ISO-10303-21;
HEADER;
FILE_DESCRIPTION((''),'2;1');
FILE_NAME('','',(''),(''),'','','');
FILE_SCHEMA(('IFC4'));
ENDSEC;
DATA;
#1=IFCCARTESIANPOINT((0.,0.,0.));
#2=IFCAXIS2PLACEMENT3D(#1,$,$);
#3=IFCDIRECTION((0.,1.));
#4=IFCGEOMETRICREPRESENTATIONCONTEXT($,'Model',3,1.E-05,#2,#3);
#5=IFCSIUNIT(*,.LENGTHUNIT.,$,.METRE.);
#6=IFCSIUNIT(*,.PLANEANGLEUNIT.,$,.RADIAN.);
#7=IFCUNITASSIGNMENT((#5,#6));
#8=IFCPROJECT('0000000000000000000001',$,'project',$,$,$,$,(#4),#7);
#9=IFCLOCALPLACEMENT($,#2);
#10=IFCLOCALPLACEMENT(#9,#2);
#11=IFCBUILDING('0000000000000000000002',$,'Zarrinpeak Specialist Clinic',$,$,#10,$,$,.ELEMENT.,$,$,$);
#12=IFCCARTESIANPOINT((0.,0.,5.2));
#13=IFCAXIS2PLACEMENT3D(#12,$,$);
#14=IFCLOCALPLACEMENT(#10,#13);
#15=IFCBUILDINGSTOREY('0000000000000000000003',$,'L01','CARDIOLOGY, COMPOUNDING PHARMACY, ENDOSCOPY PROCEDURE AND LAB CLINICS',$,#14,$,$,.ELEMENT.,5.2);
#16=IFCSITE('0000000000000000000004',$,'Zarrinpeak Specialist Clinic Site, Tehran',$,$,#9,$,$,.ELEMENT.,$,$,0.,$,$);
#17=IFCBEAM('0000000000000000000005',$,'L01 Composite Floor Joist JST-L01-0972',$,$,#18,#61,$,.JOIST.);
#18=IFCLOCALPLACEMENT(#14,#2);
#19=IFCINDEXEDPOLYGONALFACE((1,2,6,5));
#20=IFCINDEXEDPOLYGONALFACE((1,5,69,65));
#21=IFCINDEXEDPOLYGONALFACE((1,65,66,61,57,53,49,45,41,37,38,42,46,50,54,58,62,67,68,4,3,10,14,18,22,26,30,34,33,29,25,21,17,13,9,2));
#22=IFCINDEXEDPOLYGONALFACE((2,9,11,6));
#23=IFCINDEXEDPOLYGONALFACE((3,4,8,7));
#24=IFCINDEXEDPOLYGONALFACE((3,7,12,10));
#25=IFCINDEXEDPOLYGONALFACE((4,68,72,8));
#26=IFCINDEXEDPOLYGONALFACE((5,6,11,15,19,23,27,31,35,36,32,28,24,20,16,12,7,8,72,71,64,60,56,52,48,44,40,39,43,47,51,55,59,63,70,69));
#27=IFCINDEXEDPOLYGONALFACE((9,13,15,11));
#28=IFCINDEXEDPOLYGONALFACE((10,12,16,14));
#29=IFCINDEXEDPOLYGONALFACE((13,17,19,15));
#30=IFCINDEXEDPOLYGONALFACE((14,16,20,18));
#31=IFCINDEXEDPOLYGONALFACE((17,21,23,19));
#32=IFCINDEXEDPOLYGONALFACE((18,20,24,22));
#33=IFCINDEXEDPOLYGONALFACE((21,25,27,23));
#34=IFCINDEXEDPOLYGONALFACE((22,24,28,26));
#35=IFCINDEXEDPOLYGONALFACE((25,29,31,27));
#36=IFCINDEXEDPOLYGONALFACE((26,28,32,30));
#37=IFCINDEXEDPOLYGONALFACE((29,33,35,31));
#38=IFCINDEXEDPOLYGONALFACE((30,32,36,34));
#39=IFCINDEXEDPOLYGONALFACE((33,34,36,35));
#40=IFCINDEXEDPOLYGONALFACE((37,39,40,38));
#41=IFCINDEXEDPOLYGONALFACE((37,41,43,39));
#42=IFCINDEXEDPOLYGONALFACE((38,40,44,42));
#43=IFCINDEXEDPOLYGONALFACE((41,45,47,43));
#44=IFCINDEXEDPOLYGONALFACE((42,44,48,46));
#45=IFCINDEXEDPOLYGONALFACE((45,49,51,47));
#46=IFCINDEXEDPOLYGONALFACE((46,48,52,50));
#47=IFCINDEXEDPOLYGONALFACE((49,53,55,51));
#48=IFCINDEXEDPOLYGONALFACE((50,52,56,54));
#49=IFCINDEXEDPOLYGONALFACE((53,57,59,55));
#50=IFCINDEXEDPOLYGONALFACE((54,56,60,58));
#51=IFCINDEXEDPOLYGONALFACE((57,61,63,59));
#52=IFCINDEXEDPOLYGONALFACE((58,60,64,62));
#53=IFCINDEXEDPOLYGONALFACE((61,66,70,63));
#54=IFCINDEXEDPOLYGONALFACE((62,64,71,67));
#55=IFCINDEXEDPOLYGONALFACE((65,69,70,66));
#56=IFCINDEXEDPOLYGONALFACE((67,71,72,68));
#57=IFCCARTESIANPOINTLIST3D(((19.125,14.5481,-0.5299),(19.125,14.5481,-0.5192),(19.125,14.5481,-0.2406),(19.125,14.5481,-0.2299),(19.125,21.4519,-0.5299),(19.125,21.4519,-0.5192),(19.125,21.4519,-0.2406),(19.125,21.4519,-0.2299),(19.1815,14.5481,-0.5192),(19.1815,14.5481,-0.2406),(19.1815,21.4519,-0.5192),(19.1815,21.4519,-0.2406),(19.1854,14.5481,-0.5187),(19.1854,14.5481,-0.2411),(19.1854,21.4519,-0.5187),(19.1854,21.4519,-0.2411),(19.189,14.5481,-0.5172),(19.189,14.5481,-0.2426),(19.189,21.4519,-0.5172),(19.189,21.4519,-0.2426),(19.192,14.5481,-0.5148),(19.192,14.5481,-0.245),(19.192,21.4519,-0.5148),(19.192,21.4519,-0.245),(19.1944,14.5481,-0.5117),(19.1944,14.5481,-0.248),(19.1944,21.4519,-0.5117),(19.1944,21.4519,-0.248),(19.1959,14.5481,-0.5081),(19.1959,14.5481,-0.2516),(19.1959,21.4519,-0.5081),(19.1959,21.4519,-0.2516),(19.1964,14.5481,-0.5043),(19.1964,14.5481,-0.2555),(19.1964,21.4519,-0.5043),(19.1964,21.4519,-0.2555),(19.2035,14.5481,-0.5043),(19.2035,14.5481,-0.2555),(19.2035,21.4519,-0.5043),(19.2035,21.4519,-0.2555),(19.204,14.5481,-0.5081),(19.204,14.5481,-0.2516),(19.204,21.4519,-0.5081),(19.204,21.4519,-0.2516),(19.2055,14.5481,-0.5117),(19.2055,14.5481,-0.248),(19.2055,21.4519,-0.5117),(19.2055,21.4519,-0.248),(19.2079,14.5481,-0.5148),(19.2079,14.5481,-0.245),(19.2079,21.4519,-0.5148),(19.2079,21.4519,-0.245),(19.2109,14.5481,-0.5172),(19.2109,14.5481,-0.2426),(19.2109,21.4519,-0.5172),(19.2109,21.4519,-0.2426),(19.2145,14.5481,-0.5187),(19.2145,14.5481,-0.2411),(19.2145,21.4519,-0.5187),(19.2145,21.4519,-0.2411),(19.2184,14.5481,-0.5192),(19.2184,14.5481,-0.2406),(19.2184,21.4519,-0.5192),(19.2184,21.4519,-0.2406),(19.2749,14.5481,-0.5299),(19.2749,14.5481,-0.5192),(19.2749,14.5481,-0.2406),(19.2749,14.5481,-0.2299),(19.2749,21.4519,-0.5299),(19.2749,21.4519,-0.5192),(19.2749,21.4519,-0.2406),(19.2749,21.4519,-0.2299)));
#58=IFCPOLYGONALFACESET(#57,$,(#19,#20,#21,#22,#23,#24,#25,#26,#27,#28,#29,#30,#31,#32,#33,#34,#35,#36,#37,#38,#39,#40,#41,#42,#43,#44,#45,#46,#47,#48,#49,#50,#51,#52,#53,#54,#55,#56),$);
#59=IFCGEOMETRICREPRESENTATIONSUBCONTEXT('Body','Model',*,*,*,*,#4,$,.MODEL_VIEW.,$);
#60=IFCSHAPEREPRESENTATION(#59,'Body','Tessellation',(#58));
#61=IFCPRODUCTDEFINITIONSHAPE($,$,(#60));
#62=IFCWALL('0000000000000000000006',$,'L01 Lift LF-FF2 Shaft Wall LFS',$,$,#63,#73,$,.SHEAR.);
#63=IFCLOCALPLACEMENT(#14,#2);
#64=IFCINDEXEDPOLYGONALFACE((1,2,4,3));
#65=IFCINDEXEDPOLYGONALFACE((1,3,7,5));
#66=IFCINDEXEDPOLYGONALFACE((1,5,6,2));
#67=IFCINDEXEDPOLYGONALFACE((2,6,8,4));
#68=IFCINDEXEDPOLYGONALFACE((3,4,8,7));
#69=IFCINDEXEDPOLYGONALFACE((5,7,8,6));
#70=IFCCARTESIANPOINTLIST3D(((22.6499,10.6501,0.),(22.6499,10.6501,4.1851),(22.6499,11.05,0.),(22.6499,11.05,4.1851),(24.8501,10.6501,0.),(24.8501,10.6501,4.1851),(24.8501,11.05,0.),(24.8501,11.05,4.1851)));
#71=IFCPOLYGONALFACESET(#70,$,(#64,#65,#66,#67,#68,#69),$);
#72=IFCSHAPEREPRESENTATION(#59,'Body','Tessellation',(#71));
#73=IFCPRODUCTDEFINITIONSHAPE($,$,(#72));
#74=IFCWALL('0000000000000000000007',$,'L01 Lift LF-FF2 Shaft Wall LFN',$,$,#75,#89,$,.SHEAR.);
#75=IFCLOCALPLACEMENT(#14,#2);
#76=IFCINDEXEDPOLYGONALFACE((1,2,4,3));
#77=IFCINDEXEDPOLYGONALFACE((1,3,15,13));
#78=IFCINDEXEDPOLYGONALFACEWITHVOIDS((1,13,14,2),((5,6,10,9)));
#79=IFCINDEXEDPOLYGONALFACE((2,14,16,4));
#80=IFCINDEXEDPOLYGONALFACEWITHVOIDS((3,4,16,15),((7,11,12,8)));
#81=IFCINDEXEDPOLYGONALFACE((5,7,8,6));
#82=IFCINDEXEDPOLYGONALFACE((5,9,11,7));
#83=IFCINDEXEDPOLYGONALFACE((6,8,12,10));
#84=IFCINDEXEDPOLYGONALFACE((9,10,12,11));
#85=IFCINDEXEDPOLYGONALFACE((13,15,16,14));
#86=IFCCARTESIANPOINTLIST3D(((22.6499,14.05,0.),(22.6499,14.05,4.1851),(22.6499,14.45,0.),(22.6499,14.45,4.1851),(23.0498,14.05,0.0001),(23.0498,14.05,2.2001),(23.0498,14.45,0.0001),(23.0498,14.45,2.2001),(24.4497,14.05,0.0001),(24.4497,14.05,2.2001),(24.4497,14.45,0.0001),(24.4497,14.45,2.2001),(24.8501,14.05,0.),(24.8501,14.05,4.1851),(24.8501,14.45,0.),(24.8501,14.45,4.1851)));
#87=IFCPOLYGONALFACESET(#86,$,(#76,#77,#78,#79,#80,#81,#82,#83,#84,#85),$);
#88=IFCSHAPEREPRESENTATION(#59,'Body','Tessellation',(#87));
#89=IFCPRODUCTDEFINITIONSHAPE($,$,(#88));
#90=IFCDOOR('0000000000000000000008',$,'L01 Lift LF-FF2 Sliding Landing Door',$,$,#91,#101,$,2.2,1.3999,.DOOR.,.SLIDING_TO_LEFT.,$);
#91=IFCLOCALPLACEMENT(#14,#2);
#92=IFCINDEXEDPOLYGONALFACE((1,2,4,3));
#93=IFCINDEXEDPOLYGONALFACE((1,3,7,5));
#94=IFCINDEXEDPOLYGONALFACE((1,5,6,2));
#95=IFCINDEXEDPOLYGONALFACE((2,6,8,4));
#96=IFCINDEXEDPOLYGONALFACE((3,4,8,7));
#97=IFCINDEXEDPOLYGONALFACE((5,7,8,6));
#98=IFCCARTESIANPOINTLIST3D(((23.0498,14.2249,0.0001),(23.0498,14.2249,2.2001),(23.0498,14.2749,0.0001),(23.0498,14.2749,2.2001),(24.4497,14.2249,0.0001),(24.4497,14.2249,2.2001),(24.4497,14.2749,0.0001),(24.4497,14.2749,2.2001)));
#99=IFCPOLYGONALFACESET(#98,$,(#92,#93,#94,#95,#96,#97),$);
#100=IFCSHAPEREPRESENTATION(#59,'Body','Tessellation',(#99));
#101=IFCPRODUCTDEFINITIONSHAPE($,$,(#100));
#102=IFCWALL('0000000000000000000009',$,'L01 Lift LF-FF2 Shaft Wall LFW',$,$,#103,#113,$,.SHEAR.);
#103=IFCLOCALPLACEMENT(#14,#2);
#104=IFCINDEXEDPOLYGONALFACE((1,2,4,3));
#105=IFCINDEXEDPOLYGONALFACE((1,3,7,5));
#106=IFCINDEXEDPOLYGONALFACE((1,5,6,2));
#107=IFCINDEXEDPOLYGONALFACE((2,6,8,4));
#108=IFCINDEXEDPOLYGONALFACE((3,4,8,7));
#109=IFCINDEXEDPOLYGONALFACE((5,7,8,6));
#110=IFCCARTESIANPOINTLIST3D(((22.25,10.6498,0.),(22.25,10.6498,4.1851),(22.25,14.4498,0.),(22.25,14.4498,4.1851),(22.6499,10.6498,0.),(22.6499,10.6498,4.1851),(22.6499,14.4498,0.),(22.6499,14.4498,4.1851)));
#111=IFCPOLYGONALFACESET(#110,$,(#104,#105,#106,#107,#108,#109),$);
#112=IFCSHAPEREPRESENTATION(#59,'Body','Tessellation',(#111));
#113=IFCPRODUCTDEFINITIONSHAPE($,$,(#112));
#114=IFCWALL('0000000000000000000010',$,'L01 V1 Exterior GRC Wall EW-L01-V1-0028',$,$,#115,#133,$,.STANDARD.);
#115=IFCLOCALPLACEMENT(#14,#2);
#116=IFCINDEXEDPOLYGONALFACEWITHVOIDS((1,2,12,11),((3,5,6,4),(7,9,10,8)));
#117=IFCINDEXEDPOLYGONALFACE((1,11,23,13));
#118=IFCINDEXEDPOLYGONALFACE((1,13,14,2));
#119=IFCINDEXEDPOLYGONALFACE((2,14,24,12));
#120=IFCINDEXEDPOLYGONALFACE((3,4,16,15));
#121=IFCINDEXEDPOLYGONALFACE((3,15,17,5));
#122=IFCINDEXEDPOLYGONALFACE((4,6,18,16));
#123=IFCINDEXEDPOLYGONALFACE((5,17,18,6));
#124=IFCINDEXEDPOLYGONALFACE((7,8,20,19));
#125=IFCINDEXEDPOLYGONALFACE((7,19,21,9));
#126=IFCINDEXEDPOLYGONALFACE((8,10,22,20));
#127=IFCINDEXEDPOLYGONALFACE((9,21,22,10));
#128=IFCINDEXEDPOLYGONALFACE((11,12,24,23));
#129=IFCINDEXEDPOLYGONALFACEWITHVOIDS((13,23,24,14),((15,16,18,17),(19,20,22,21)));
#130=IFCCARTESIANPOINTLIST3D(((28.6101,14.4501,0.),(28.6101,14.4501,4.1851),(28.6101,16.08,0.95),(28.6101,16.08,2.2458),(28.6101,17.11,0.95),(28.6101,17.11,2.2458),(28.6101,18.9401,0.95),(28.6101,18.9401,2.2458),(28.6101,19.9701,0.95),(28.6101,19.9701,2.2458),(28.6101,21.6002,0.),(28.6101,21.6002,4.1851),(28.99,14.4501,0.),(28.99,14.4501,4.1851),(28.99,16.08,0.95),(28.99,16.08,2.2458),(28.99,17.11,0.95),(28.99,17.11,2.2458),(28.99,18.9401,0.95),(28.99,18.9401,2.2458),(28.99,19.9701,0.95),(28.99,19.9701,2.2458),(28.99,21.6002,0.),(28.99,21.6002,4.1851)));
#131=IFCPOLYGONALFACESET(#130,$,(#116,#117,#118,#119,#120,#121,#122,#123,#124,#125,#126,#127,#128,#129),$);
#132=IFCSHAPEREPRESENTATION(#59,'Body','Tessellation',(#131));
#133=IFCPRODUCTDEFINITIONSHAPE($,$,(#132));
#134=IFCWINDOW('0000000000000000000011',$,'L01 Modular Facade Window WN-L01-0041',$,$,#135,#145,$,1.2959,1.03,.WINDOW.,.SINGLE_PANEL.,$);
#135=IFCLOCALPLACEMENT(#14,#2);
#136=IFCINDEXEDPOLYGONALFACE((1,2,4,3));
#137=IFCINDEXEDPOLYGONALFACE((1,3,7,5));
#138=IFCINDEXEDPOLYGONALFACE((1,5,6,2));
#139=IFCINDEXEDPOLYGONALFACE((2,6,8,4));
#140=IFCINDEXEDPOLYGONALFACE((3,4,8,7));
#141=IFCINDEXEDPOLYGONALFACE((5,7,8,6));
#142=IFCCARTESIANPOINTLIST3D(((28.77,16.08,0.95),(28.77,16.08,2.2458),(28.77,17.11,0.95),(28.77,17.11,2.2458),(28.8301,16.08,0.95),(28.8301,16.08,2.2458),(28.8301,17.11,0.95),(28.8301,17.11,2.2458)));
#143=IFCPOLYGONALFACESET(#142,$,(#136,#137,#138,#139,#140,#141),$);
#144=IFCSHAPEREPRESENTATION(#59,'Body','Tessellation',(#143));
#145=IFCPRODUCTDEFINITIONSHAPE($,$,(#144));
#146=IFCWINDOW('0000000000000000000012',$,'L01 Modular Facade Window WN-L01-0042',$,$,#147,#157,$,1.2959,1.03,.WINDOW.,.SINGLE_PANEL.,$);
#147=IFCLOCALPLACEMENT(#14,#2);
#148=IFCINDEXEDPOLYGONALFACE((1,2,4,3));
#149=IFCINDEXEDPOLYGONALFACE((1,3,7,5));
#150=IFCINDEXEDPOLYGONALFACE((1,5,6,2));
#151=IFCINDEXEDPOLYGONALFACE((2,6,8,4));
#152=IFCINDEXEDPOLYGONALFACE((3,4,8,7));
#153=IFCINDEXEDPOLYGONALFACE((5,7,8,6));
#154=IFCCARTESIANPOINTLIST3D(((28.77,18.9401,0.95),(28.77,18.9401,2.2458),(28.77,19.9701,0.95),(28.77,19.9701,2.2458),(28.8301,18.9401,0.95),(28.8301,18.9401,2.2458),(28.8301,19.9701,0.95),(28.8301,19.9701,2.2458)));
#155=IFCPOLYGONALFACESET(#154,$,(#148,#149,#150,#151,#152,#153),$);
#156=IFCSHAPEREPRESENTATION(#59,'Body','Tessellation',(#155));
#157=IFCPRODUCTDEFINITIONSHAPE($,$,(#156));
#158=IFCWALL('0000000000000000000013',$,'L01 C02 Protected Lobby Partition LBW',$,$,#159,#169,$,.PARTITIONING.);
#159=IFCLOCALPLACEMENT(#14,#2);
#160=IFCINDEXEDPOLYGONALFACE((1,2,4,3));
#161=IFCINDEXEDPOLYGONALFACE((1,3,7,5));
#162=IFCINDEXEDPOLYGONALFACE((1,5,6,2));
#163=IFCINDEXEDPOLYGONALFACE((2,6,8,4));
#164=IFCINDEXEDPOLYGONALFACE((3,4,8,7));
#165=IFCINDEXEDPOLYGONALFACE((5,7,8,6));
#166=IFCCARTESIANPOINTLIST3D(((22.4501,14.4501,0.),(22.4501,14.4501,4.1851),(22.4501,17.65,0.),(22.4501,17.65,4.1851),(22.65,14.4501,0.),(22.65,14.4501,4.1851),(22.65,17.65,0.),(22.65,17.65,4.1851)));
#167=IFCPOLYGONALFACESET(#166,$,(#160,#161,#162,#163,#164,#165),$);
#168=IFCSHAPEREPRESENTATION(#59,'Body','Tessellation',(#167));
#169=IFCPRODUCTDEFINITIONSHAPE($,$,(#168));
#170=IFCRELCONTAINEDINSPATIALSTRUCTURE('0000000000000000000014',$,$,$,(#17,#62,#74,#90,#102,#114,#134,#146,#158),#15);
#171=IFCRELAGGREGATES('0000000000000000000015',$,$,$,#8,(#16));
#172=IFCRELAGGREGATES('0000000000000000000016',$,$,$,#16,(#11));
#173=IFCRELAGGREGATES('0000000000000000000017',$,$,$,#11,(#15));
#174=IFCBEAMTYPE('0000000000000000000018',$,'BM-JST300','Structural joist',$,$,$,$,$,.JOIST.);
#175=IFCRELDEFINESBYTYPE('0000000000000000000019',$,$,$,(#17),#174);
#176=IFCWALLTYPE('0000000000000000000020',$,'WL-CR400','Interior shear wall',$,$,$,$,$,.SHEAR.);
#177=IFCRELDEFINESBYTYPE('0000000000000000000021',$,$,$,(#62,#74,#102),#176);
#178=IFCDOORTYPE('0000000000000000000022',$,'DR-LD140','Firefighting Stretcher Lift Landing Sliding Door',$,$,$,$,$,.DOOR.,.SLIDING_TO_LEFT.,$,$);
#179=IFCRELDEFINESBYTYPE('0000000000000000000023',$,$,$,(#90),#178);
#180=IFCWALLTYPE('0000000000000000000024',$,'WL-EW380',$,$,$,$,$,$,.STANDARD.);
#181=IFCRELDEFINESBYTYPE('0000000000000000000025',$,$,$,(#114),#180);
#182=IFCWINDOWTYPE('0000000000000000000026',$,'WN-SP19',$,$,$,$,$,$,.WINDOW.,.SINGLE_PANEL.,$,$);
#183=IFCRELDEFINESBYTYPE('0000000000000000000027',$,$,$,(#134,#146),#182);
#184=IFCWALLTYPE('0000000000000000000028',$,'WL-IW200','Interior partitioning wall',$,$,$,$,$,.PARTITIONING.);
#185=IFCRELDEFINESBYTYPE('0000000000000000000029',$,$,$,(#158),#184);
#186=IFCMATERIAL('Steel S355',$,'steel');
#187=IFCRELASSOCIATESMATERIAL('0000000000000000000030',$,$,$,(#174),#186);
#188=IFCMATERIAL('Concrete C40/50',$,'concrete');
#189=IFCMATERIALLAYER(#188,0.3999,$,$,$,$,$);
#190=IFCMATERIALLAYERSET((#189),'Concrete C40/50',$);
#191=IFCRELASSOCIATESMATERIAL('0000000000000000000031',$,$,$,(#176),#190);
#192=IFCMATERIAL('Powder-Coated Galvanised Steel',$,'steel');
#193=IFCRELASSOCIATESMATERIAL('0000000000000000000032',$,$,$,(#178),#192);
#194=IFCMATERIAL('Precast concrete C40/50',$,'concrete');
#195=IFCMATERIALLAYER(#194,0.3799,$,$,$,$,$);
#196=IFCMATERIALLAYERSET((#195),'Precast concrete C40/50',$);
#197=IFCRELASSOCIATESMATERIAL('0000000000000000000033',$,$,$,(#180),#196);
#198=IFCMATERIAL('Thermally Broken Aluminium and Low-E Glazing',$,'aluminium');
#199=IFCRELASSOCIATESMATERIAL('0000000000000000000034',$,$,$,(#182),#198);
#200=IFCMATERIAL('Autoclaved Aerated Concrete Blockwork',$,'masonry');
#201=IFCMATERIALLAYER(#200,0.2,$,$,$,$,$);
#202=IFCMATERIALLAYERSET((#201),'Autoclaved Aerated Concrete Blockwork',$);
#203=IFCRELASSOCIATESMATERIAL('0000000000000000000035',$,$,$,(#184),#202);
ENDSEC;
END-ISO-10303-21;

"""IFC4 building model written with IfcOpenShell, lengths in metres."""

from ifc_helpers import new_model, si_unit, direction, frame, frame_2d, origin, origin_2d, place, context, subcontext, project, spatial, rectangle, i_section, extrude, material, layer, layer_set, material_profile, profile_set, type_object, element, fill, save


model = new_model("IFC4")

# Units and contexts
model_context = context("Model", 3, precision=1e-05, world=origin(), true_north=direction((0.0, 1.0)))
body_context = subcontext(model_context, "Body", "Model", "MODEL_VIEW")
ifc_project = project(units=[si_unit("LENGTHUNIT", "METRE"), si_unit("PLANEANGLEUNIT", "RADIAN")], contexts=[model_context])

# Site, building, storey
site_placement = place(None, origin())
site = spatial("IfcSite", under=ifc_project, at=site_placement, Name="Zarrinpeak Specialist Clinic Site, Tehran", CompositionType="ELEMENT", RefElevation=0.0)
building_placement = place(site_placement, origin())
building = spatial("IfcBuilding", under=site, at=building_placement, Name="Zarrinpeak Specialist Clinic", CompositionType="ELEMENT")
storey_placement = place(building_placement, frame((0.0, 0.0, 5.2)))
storey = spatial("IfcBuildingStorey", under=building, at=storey_placement, Name="L01", Description="CARDIOLOGY, COMPOUNDING PHARMACY, ENDOSCOPY PROCEDURE AND LAB CLINICS", CompositionType="ELEMENT", Elevation=5.2)

# Shared definitions
ifc_material_1 = material(Name="Steel S355", Category="steel")

# Beam
ifc_material_profile_1 = material_profile(ifc_material_1, i_section(OverallWidth=0.1499, OverallDepth=0.3, WebThickness=0.0071, FlangeThickness=0.0107, FilletRadius=0.0149, at=origin_2d()), Name="IPE 300")
ifc_profile_set_1 = profile_set([ifc_material_profile_1], Name="Steel S355")
beam_type_1 = type_object("IfcBeamType", Name="BM-JST300", Description="Structural joist", PredefinedType="JOIST", material=ifc_profile_set_1)
for number, where, z_axis, x_axis, name in (
    (1, (19.2, 14.5481, -0.3799), (0.0, 1.0, 0.0), (-1.0, 0.0, 0.0), "L01 Composite Floor Joist JST-L01-0972"),
):
    element("IfcBeam", number, at=place(storey_placement, frame(where, z_axis=z_axis, x_axis=x_axis)), inside=storey, type_object=beam_type_1, Name=name, PredefinedType="JOIST", context=body_context, shape_type="SweptSolid", body=[
        extrude(i_section(OverallWidth=0.1499, OverallDepth=0.3, WebThickness=0.0071, FlangeThickness=0.0107, FilletRadius=0.0149, at=origin_2d()), origin(), (0.0, 0.0, 1.0), 6.9038),
    ])

# Shared definitions
ifc_material_2 = material(Name="Concrete C40/50", Category="concrete")
ifc_layer_1 = layer(ifc_material_2, 0.3999)
ifc_layer_set_1 = layer_set([ifc_layer_1], Name="Concrete C40/50")
wall_type_1 = type_object("IfcWallType", Name="WL-CR400", Description="Interior shear wall", PredefinedType="SHEAR", material=ifc_layer_set_1)
ifc_material_3 = material(Name="Powder-Coated Galvanised Steel", Category="steel")

# Wall
wall_1_placement = place(storey_placement, frame((22.6499, 10.8501, 0.0), z_axis=(0.0, 0.0, 1.0), x_axis=(1.0, 0.0, 0.0)))
element("IfcWall", 2, at=wall_1_placement, inside=storey, type_object=wall_type_1, Name="L01 Lift LF-FF2 Shaft Wall LFS", PredefinedType="SHEAR", context=body_context, shape_type="SweptSolid", body=[
    extrude(rectangle(XDim=2.2002, YDim=0.3999, at=frame_2d((1.1001, 0.0))), origin(), (0.0, 0.0, 1.0), 4.1851),
])

# Wall, opening, door
wall_2_placement = place(storey_placement, frame((22.6499, 14.25, 0.0), z_axis=(0.0, 0.0, 1.0), x_axis=(1.0, 0.0, 0.0)))
wall_2 = element("IfcWall", 3, at=wall_2_placement, inside=storey, type_object=wall_type_1, Name="L01 Lift LF-FF2 Shaft Wall LFN", PredefinedType="SHEAR", context=body_context, shape_type="SweptSolid", body=[
    extrude(rectangle(XDim=2.2002, YDim=0.3999, at=frame_2d((1.1001, 0.0))), origin(), (0.0, 0.0, 1.0), 4.1851),
])
opening_1_placement = place(wall_2_placement, frame((0.3999, 0.0, 0.0)))
opening_1 = element("IfcOpeningElement", 4, at=opening_1_placement, cuts=wall_2, PredefinedType="OPENING", context=body_context, shape_type="SweptSolid", body=[
    extrude(rectangle(XDim=1.3999, YDim=2.2, at=frame_2d((0.7, 1.1001))), frame((0.0, 0.21, 0.0), z_axis=(0.0, -1.0, 0.0), x_axis=(1.0, 0.0, 0.0)), (0.0, 0.0, 1.0), 0.4199),
])
door_type_1 = type_object("IfcDoorType", Name="DR-LD140", Description="Firefighting Stretcher Lift Landing Sliding Door", OperationType="SLIDING_TO_LEFT", PredefinedType="DOOR", material=ifc_material_3)
door_1_placement = place(opening_1_placement, origin())
door_1 = element("IfcDoor", 5, at=door_1_placement, inside=storey, type_object=door_type_1, Name="L01 Lift LF-FF2 Sliding Landing Door", OperationType="SLIDING_TO_LEFT", OverallHeight=2.2, OverallWidth=1.3999, PredefinedType="DOOR", context=body_context, shape_type="SweptSolid", body=[
    extrude(rectangle(XDim=1.3999, YDim=2.2, at=frame_2d((0.7, 1.1001))), frame((0.0, 0.0249, 0.0), z_axis=(0.0, -1.0, 0.0), x_axis=(1.0, 0.0, 0.0)), (0.0, 0.0, 1.0), 0.05),
])
fill(opening_1, door_1)

# Wall
wall_3_placement = place(storey_placement, frame((22.45, 10.6499, 0.0), z_axis=(0.0, 0.0, 1.0), x_axis=(0.0, 1.0, 0.0)))
element("IfcWall", 6, at=wall_3_placement, inside=storey, type_object=wall_type_1, Name="L01 Lift LF-FF2 Shaft Wall LFW", PredefinedType="SHEAR", context=body_context, shape_type="SweptSolid", body=[
    extrude(rectangle(XDim=3.8, YDim=0.3999, at=frame_2d((1.8999, 0.0))), origin(), (0.0, 0.0, 1.0), 4.1851),
])

# Wall, openings, windows
ifc_material_4 = material(Name="Precast concrete C40/50", Category="concrete")
ifc_layer_2 = layer(ifc_material_4, 0.3799)
ifc_layer_set_2 = layer_set([ifc_layer_2], Name="Precast concrete C40/50")
wall_type_2 = type_object("IfcWallType", Name="WL-EW380", PredefinedType="STANDARD", material=ifc_layer_set_2)
wall_4_placement = place(storey_placement, frame((28.8, 14.45, 0.0), z_axis=(0.0, 0.0, 1.0), x_axis=(0.0, 1.0, 0.0)))
wall_4 = element("IfcWall", 7, at=wall_4_placement, inside=storey, type_object=wall_type_2, Name="L01 V1 Exterior GRC Wall EW-L01-V1-0028", PredefinedType="STANDARD", context=body_context, shape_type="SweptSolid", body=[
    extrude(rectangle(XDim=7.1501, YDim=0.3799, at=frame_2d((3.5752, 0.0))), origin(), (0.0, 0.0, 1.0), 4.1851),
])
opening_2_placement = place(wall_4_placement, frame((1.6299, 0.0, 0.95)))
opening_2 = element("IfcOpeningElement", 8, at=opening_2_placement, cuts=wall_4, PredefinedType="OPENING", context=body_context, shape_type="SweptSolid", body=[
    extrude(rectangle(XDim=1.03, YDim=1.2959, at=frame_2d((0.5151, 0.6479))), frame((0.0, 0.2, 0.0), z_axis=(0.0, -1.0, 0.0), x_axis=(1.0, 0.0, 0.0)), (0.0, 0.0, 1.0), 0.3999),
])
opening_3_placement = place(wall_4_placement, frame((4.49, 0.0, 0.95)))
opening_3 = element("IfcOpeningElement", 9, at=opening_3_placement, cuts=wall_4, PredefinedType="OPENING", context=body_context, shape_type="SweptSolid", body=[
    extrude(rectangle(XDim=1.03, YDim=1.2959, at=frame_2d((0.5151, 0.6479))), frame((0.0, 0.2, 0.0), z_axis=(0.0, -1.0, 0.0), x_axis=(1.0, 0.0, 0.0)), (0.0, 0.0, 1.0), 0.3999),
])
ifc_material_5 = material(Name="Thermally Broken Aluminium and Low-E Glazing", Category="aluminium")
window_type = type_object("IfcWindowType", Name="WN-SP19", PartitioningType="SINGLE_PANEL", PredefinedType="WINDOW", material=ifc_material_5)
window_1_placement = place(opening_2_placement, origin())
window_1 = element("IfcWindow", 10, at=window_1_placement, inside=storey, type_object=window_type, Name="L01 Modular Facade Window WN-L01-0041", OverallHeight=1.2959, OverallWidth=1.03, PartitioningType="SINGLE_PANEL", PredefinedType="WINDOW", context=body_context, shape_type="SweptSolid", body=[
    extrude(rectangle(XDim=1.03, YDim=1.2959, at=frame_2d((0.5151, 0.6479))), frame((0.0, 0.03, 0.0), z_axis=(0.0, -1.0, 0.0), x_axis=(1.0, 0.0, 0.0)), (0.0, 0.0, 1.0), 0.0601),
])
fill(opening_2, window_1)
window_2_placement = place(opening_3_placement, origin())
window_2 = element("IfcWindow", 11, at=window_2_placement, inside=storey, type_object=window_type, Name="L01 Modular Facade Window WN-L01-0042", OverallHeight=1.2959, OverallWidth=1.03, PartitioningType="SINGLE_PANEL", PredefinedType="WINDOW", context=body_context, shape_type="SweptSolid", body=[
    extrude(rectangle(XDim=1.03, YDim=1.2959, at=frame_2d((0.5151, 0.6479))), frame((0.0, 0.03, 0.0), z_axis=(0.0, -1.0, 0.0), x_axis=(1.0, 0.0, 0.0)), (0.0, 0.0, 1.0), 0.0601),
])
fill(opening_3, window_2)

# Wall
ifc_material_6 = material(Name="Autoclaved Aerated Concrete Blockwork", Category="masonry")
ifc_layer_3 = layer(ifc_material_6, 0.2)
ifc_layer_set_3 = layer_set([ifc_layer_3], Name="Autoclaved Aerated Concrete Blockwork")
wall_type_3 = type_object("IfcWallType", Name="WL-IW200", Description="Interior partitioning wall", PredefinedType="PARTITIONING", material=ifc_layer_set_3)
wall_5_placement = place(storey_placement, frame((22.55, 14.45, 0.0), z_axis=(0.0, 0.0, 1.0), x_axis=(0.0, 1.0, 0.0)))
element("IfcWall", 12, at=wall_5_placement, inside=storey, type_object=wall_type_3, Name="L01 C02 Protected Lobby Partition LBW", PredefinedType="PARTITIONING", context=body_context, shape_type="SweptSolid", body=[
    extrude(rectangle(XDim=3.2, YDim=0.2, at=frame_2d((1.6001, 0.0))), origin(), (0.0, 0.0, 1.0), 4.1851),
])

save(model, "model.ifc")
